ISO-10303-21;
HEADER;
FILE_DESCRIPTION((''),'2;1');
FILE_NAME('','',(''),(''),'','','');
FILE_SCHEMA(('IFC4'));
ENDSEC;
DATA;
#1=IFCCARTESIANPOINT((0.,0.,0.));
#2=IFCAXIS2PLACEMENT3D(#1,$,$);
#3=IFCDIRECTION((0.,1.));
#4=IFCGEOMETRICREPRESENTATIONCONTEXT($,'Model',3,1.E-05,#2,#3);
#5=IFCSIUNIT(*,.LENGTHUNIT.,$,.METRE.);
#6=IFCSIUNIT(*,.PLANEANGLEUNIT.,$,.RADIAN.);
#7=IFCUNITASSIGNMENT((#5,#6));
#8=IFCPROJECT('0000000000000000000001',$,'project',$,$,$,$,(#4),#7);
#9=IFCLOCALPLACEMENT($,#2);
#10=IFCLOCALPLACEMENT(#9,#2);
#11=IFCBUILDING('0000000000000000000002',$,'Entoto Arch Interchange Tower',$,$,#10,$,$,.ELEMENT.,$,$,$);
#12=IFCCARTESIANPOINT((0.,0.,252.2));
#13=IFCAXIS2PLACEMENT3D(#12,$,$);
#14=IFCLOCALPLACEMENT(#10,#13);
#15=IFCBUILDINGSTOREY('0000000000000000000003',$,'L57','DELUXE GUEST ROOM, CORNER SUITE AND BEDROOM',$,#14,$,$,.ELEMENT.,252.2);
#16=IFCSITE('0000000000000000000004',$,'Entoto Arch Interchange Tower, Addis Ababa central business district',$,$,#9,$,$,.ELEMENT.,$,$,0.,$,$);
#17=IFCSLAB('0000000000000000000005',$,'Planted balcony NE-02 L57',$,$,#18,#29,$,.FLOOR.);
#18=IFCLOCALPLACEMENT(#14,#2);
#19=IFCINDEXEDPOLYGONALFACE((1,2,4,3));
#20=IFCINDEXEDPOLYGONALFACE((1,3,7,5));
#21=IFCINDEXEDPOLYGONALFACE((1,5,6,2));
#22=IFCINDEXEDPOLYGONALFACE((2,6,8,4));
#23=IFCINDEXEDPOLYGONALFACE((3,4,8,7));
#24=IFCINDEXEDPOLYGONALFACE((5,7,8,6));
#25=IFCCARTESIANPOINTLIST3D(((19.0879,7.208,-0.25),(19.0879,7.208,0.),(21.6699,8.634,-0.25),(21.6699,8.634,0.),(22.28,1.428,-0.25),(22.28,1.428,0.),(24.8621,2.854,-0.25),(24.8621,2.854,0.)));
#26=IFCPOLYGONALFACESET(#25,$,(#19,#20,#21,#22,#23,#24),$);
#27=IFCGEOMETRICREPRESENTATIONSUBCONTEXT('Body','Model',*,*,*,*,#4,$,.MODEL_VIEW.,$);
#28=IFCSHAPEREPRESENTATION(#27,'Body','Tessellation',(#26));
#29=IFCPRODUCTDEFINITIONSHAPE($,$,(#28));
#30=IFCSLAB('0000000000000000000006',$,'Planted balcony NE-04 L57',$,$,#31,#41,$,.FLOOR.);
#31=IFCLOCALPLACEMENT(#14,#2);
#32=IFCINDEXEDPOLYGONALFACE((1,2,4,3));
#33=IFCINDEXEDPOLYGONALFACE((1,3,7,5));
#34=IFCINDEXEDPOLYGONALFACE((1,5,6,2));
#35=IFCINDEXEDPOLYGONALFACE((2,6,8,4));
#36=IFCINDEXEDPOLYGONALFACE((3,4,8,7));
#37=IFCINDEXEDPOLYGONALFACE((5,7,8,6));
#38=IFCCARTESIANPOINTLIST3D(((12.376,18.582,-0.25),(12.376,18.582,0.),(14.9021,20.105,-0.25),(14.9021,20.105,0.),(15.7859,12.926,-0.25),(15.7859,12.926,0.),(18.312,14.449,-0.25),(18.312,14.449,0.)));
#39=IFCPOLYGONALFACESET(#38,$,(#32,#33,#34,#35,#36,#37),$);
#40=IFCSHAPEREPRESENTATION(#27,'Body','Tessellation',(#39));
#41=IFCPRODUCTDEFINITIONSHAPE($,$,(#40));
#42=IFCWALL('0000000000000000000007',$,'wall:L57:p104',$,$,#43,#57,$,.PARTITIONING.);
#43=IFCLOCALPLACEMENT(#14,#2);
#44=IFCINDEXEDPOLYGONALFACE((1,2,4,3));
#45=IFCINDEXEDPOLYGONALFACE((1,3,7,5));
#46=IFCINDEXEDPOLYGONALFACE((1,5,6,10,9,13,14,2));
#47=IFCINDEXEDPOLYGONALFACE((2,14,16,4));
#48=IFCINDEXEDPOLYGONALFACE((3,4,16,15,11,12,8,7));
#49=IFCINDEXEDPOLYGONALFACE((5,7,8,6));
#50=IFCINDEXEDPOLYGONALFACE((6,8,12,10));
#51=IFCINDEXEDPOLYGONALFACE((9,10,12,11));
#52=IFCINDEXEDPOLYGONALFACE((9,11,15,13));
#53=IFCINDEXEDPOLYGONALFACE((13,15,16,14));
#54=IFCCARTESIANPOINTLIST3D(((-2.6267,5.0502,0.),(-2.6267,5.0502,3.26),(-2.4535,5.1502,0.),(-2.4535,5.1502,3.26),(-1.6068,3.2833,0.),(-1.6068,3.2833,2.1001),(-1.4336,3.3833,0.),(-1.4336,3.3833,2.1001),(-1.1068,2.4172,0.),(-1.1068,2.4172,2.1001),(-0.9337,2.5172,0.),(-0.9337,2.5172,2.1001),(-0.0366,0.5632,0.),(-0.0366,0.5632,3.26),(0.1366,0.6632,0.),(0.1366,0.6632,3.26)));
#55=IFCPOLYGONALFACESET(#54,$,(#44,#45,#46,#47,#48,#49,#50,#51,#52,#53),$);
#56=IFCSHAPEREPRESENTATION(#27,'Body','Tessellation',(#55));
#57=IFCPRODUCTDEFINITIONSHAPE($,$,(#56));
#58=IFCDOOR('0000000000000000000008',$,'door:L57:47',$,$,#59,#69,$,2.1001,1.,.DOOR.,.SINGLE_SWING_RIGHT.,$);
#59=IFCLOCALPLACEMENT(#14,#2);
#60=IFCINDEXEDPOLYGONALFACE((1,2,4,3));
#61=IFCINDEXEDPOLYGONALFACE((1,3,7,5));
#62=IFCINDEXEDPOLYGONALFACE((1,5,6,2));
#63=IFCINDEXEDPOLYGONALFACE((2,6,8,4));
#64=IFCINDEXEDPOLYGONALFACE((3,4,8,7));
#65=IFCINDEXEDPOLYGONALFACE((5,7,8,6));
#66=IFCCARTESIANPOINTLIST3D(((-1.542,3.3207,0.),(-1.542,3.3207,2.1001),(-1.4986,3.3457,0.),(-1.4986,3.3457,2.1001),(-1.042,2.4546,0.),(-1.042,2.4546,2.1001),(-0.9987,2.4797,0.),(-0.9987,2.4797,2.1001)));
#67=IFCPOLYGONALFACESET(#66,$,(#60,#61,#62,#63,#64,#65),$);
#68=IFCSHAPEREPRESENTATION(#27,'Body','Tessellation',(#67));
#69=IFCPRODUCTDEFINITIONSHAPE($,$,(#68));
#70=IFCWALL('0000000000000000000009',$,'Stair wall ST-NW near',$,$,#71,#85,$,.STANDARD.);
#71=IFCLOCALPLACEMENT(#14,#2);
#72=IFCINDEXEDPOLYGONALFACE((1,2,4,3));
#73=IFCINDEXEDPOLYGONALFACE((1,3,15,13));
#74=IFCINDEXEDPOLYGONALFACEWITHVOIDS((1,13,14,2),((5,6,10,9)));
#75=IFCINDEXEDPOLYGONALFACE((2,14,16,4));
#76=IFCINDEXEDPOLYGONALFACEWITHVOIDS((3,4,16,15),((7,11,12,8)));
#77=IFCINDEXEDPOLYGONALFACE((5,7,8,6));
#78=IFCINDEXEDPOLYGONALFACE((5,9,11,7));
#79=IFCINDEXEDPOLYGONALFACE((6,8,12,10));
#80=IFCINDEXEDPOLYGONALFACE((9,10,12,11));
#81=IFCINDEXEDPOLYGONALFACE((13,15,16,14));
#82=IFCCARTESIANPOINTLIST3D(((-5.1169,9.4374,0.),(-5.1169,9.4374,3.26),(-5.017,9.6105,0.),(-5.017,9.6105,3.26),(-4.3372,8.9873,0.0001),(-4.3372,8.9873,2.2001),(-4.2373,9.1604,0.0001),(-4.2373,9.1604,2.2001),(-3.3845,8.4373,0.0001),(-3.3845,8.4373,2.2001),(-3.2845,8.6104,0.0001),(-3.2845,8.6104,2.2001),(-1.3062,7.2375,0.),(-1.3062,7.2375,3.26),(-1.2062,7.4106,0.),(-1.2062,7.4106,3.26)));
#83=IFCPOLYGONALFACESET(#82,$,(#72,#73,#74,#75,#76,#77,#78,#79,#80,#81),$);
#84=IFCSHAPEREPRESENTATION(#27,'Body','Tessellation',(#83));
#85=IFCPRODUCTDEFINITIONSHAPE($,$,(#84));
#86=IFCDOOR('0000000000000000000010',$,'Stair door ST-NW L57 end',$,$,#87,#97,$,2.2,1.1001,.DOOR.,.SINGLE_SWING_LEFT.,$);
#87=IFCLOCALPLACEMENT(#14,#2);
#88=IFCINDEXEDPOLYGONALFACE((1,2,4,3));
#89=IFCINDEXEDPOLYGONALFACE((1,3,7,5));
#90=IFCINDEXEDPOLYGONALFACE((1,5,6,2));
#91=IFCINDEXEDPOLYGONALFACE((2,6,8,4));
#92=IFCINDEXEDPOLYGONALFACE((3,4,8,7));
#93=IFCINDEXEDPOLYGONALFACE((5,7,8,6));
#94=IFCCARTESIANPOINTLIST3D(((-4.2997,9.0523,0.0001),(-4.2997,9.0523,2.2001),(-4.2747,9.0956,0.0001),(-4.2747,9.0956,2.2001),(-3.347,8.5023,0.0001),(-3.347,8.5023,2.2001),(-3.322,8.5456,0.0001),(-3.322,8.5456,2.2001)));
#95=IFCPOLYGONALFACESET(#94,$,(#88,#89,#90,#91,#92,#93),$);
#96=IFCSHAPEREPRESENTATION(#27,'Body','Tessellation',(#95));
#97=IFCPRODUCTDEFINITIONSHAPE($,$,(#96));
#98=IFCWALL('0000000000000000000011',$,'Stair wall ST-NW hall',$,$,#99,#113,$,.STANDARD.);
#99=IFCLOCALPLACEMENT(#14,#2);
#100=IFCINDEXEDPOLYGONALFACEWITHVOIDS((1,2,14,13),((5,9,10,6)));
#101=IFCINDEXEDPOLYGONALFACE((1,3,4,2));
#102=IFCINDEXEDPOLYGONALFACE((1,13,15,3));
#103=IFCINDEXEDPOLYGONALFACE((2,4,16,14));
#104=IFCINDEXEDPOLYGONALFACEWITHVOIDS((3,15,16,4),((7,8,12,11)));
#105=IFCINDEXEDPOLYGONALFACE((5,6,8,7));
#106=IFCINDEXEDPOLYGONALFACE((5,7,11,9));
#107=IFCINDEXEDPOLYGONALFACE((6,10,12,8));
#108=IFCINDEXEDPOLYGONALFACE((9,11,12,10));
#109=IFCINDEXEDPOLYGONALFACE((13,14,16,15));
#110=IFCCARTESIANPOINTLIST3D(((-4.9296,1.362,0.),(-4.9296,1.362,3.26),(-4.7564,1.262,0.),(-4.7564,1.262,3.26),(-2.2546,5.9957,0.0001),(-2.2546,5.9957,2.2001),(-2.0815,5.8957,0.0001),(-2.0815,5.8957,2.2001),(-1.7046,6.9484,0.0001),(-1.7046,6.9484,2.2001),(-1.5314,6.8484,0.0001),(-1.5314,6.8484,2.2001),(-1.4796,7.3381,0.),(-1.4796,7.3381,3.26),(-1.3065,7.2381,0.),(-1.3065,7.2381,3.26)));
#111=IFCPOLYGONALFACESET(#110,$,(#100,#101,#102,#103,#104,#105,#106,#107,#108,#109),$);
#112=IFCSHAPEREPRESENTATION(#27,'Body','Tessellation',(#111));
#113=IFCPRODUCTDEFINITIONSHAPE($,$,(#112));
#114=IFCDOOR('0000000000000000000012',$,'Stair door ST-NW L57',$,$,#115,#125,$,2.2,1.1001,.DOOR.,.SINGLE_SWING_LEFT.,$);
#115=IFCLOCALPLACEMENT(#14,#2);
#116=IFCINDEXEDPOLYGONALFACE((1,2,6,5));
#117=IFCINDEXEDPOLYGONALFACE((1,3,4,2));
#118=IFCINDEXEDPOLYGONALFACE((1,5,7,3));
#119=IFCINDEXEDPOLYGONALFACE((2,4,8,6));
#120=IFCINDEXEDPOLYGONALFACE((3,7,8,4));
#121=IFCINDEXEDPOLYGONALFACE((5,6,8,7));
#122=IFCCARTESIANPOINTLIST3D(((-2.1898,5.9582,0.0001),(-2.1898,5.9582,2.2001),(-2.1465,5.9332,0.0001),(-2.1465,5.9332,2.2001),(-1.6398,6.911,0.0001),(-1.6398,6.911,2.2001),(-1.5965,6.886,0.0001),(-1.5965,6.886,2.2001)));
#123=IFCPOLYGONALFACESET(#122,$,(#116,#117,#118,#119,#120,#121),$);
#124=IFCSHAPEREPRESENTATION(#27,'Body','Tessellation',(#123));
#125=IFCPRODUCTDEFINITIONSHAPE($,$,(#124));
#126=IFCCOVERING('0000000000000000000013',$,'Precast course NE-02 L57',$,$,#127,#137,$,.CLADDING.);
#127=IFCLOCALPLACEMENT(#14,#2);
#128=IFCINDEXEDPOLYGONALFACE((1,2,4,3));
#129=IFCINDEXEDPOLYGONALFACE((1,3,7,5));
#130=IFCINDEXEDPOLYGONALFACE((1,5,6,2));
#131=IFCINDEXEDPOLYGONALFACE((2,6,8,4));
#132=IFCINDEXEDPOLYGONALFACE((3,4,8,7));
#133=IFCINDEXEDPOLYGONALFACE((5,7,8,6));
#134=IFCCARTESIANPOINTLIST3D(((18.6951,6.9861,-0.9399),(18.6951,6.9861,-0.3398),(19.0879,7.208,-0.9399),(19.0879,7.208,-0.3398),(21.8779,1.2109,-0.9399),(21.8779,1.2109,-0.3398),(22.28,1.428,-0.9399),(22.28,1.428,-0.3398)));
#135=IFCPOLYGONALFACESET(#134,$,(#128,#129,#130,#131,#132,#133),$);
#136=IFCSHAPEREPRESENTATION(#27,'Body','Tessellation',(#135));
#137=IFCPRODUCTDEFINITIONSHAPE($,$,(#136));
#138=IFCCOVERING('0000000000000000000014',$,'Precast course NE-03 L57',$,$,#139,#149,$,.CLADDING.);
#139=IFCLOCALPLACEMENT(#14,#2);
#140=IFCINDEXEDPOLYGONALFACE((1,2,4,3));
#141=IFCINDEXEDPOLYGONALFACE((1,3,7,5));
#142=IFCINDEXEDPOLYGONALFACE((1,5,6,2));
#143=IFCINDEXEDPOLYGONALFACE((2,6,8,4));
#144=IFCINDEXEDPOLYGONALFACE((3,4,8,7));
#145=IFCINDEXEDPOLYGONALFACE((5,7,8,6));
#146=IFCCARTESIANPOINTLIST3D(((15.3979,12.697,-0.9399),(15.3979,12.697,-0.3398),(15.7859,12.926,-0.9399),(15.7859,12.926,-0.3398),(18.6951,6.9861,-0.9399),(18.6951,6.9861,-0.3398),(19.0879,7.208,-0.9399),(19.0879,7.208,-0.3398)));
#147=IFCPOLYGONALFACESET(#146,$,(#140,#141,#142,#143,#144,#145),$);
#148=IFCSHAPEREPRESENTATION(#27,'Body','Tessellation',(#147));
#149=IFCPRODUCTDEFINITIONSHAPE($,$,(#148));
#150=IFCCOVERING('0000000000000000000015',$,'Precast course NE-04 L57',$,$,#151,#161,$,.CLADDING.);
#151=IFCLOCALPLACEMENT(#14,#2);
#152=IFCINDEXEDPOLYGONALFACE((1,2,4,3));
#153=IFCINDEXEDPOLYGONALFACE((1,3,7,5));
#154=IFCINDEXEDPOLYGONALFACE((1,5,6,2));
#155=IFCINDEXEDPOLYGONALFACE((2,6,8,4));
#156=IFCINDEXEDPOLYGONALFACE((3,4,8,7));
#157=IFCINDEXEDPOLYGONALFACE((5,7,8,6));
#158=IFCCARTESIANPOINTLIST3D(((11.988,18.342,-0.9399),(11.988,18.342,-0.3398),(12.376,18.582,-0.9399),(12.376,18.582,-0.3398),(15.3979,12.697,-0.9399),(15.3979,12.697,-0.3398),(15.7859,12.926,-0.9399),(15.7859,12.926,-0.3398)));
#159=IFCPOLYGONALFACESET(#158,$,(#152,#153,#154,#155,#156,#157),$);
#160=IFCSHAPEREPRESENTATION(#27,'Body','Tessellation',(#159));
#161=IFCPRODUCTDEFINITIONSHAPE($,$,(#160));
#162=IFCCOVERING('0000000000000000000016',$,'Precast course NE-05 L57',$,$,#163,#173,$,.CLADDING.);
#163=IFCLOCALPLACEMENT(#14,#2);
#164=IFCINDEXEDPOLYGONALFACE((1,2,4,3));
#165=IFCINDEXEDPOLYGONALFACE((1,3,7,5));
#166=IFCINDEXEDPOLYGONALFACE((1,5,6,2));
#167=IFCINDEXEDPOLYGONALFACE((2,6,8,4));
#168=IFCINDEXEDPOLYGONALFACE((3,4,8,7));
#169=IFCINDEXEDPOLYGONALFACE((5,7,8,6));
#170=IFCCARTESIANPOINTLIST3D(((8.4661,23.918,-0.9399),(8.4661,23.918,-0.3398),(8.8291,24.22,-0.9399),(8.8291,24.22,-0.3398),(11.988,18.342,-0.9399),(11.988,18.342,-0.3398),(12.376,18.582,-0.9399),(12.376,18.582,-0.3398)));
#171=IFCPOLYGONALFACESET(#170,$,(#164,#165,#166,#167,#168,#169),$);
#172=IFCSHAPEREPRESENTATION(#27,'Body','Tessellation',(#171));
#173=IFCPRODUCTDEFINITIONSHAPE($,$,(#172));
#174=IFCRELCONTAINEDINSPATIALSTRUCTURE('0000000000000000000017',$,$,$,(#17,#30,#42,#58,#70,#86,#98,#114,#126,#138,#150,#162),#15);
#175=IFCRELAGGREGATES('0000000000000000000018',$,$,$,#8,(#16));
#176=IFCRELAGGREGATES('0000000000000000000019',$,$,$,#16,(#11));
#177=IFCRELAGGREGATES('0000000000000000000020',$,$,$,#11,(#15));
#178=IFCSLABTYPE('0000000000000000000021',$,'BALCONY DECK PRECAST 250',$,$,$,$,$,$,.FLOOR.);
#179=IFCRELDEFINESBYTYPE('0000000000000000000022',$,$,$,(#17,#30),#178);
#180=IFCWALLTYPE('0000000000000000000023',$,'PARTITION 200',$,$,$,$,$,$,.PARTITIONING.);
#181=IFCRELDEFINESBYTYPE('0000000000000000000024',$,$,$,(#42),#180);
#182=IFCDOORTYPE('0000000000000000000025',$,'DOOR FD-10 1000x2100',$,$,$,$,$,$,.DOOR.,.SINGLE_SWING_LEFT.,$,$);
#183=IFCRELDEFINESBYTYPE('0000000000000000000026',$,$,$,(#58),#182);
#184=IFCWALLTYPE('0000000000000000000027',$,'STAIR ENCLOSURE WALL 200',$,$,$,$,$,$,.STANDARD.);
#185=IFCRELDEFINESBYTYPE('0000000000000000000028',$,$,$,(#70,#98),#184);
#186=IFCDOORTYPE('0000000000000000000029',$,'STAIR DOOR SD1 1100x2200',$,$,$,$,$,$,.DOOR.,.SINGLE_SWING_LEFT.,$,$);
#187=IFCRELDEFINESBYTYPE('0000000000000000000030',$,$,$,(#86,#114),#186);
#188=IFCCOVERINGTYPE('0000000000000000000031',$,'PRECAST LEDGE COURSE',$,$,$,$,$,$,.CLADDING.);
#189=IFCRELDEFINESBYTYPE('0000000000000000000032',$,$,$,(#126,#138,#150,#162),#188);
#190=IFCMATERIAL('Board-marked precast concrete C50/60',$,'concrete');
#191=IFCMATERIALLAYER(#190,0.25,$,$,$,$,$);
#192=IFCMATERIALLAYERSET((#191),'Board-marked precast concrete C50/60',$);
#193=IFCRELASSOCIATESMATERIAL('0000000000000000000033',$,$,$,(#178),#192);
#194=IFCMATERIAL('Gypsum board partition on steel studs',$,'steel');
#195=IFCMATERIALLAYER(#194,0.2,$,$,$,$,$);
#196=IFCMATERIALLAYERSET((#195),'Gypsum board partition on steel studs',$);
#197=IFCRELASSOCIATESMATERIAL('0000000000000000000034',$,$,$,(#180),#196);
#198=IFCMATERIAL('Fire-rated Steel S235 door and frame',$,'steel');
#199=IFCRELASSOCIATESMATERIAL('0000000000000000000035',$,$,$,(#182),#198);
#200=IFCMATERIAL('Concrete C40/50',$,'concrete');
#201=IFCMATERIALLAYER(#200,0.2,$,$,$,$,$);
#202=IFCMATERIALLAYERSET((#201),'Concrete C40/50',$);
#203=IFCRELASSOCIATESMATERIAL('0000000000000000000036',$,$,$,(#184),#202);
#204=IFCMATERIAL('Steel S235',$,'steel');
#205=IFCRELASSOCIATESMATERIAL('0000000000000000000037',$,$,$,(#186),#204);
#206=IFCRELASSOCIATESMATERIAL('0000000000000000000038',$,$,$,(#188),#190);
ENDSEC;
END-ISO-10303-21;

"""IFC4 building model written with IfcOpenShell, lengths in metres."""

from ifc_helpers import new_model, si_unit, direction, frame, frame_2d, origin, place, context, subcontext, project, spatial, polyline, rectangle, outline, extrude, material, layer, layer_set, type_object, element, fill, save


model = new_model("IFC4")

# Units and contexts
model_context = context("Model", 3, precision=1e-05, world=origin(), true_north=direction((0.0, 1.0)))
body_context = subcontext(model_context, "Body", "Model", "MODEL_VIEW")
ifc_project = project(units=[si_unit("LENGTHUNIT", "METRE"), si_unit("PLANEANGLEUNIT", "RADIAN")], contexts=[model_context])

# Site, building, storey
site_placement = place(None, origin())
site = spatial("IfcSite", under=ifc_project, at=site_placement, Name="Entoto Arch Interchange Tower, Addis Ababa central business district", CompositionType="ELEMENT", RefElevation=0.0)
building_placement = place(site_placement, origin())
building = spatial("IfcBuilding", under=site, at=building_placement, Name="Entoto Arch Interchange Tower", CompositionType="ELEMENT")
storey_placement = place(building_placement, frame((0.0, 0.0, 252.2)))
storey = spatial("IfcBuildingStorey", under=building, at=storey_placement, Name="L57", Description="DELUXE GUEST ROOM, CORNER SUITE AND BEDROOM", CompositionType="ELEMENT", Elevation=252.2)

# Slabs
ifc_material_1 = material(Name="Board-marked precast concrete C50/60", Category="concrete")
ifc_layer_1 = layer(ifc_material_1, 0.25)
ifc_layer_set_1 = layer_set([ifc_layer_1], Name="Board-marked precast concrete C50/60")
slab_type = type_object("IfcSlabType", Name="BALCONY DECK PRECAST 250", PredefinedType="FLOOR", material=ifc_layer_set_1)
slab_1_placement = place(storey_placement, frame((0.0, 0.0, -0.25)))
element("IfcSlab", 1, at=slab_1_placement, inside=storey, type_object=slab_type, Name="Planted balcony NE-02 L57", PredefinedType="FLOOR", context=body_context, shape_type="SweptSolid", body=[
    extrude(outline(polyline([(22.28, 1.428), (19.0879, 7.208), (21.6699, 8.634), (24.8621, 2.854), (22.28, 1.428)])), origin(), (0.0, 0.0, 1.0), 0.25),
])
slab_2_placement = place(storey_placement, frame((0.0, 0.0, -0.25)))
element("IfcSlab", 2, at=slab_2_placement, inside=storey, type_object=slab_type, Name="Planted balcony NE-04 L57", PredefinedType="FLOOR", context=body_context, shape_type="SweptSolid", body=[
    extrude(outline(polyline([(15.7859, 12.926), (12.376, 18.582), (14.9021, 20.105), (18.312, 14.449), (15.7859, 12.926)])), origin(), (0.0, 0.0, 1.0), 0.25),
])

# Walls, openings, doors
ifc_material_2 = material(Name="Gypsum board partition on steel studs", Category="steel")
ifc_layer_2 = layer(ifc_material_2, 0.2)
ifc_layer_set_2 = layer_set([ifc_layer_2], Name="Gypsum board partition on steel studs")
wall_type_1 = type_object("IfcWallType", Name="PARTITION 200", PredefinedType="PARTITIONING", material=ifc_layer_set_2)
wall_1_placement = place(storey_placement, frame((-2.54, 5.1001, 0.0), z_axis=(0.0, 0.0, 1.0), x_axis=(0.499925, -0.866069, 0.0)))
wall_1 = element("IfcWall", 3, at=wall_1_placement, inside=storey, type_object=wall_type_1, Name="wall:L57:p104", PredefinedType="PARTITIONING", context=body_context, shape_type="SweptSolid", body=[
    extrude(rectangle(XDim=5.1809, YDim=0.2, at=frame_2d((2.5903, 0.0))), origin(), (0.0, 0.0, 1.0), 3.26),
])
opening_1_placement = place(wall_1_placement, frame((2.04, 0.0, 0.0)))
opening_1 = element("IfcOpeningElement", 4, at=opening_1_placement, cuts=wall_1, PredefinedType="OPENING", context=body_context, shape_type="SweptSolid", body=[
    extrude(rectangle(XDim=1.0, YDim=2.1001, at=frame_2d((0.5, 1.05))), frame((0.0, 0.1099, 0.0), z_axis=(0.0, -1.0, 0.0), x_axis=(1.0, 0.0, 0.0)), (0.0, 0.0, 1.0), 0.22),
])
ifc_material_3 = material(Name="Fire-rated Steel S235 door and frame", Category="steel")
door_type_1 = type_object("IfcDoorType", Name="DOOR FD-10 1000x2100", OperationType="SINGLE_SWING_LEFT", PredefinedType="DOOR", material=ifc_material_3)
door_1_placement = place(opening_1_placement, origin())
door_1 = element("IfcDoor", 5, at=door_1_placement, inside=storey, type_object=door_type_1, Name="door:L57:47", OperationType="SINGLE_SWING_RIGHT", OverallHeight=2.1001, OverallWidth=1.0, PredefinedType="DOOR", context=body_context, shape_type="SweptSolid", body=[
    extrude(rectangle(XDim=1.0, YDim=2.1001, at=frame_2d((0.5, 1.05))), frame((0.0, 0.0249, 0.0), z_axis=(0.0, -1.0, 0.0), x_axis=(1.0, 0.0, 0.0)), (0.0, 0.0, 1.0), 0.05),
])
fill(opening_1, door_1)
ifc_material_4 = material(Name="Concrete C40/50", Category="concrete")
ifc_layer_3 = layer(ifc_material_4, 0.2)
ifc_layer_set_3 = layer_set([ifc_layer_3], Name="Concrete C40/50")
wall_type_2 = type_object("IfcWallType", Name="STAIR ENCLOSURE WALL 200", PredefinedType="STANDARD", material=ifc_layer_set_3)
wall_2_placement = place(storey_placement, frame((-1.2561, 7.324, 0.0), z_axis=(0.0, 0.0, 1.0), x_axis=(-0.866046, 0.499964, 0.0)))
wall_2 = element("IfcWall", 6, at=wall_2_placement, inside=storey, type_object=wall_type_2, Name="Stair wall ST-NW near", PredefinedType="STANDARD", context=body_context, shape_type="SweptSolid", body=[
    extrude(rectangle(XDim=4.4001, YDim=0.2, at=frame_2d((2.2002, 0.0))), origin(), (0.0, 0.0, 1.0), 3.26),
])
opening_2_placement = place(wall_2_placement, frame((2.3999, 0.0, 0.0)))
opening_2 = element("IfcOpeningElement", 7, at=opening_2_placement, cuts=wall_2, PredefinedType="OPENING", context=body_context, shape_type="SweptSolid", body=[
    extrude(rectangle(XDim=1.1001, YDim=2.2, at=frame_2d((0.55, 1.1001))), frame((0.0, 0.1099, 0.0), z_axis=(0.0, -1.0, 0.0), x_axis=(1.0, 0.0, 0.0)), (0.0, 0.0, 1.0), 0.22),
])
ifc_material_5 = material(Name="Steel S235", Category="steel")
door_type_2 = type_object("IfcDoorType", Name="STAIR DOOR SD1 1100x2200", OperationType="SINGLE_SWING_LEFT", PredefinedType="DOOR", material=ifc_material_5)
door_2_placement = place(opening_2_placement, origin())
door_2 = element("IfcDoor", 8, at=door_2_placement, inside=storey, type_object=door_type_2, Name="Stair door ST-NW L57 end", OperationType="SINGLE_SWING_LEFT", OverallHeight=2.2, OverallWidth=1.1001, PredefinedType="DOOR", context=body_context, shape_type="SweptSolid", body=[
    extrude(rectangle(XDim=1.1001, YDim=2.2, at=frame_2d((0.55, 1.1001))), frame((0.0, 0.0249, 0.0), z_axis=(0.0, -1.0, 0.0), x_axis=(1.0, 0.0, 0.0)), (0.0, 0.0, 1.0), 0.05),
])
fill(opening_2, door_2)
wall_3_placement = place(storey_placement, frame((-1.3931, 7.2881, 0.0), z_axis=(0.0, 0.0, 1.0), x_axis=(-0.499963, -0.866047, 0.0)))
wall_3 = element("IfcWall", 9, at=wall_3_placement, inside=storey, type_object=wall_type_2, Name="Stair wall ST-NW hall", PredefinedType="STANDARD", context=body_context, shape_type="SweptSolid", body=[
    extrude(rectangle(XDim=6.9004, YDim=0.2, at=frame_2d((3.4502, 0.0))), origin(), (0.0, 0.0, 1.0), 3.26),
])
opening_3_placement = place(wall_3_placement, frame((0.45, 0.0, 0.0)))
opening_3 = element("IfcOpeningElement", 10, at=opening_3_placement, cuts=wall_3, PredefinedType="OPENING", context=body_context, shape_type="SweptSolid", body=[
    extrude(rectangle(XDim=1.1001, YDim=2.2, at=frame_2d((0.55, 1.1001))), frame((0.0, 0.1099, 0.0), z_axis=(0.0, -1.0, 0.0), x_axis=(1.0, 0.0, 0.0)), (0.0, 0.0, 1.0), 0.22),
])
door_3_placement = place(opening_3_placement, origin())
door_3 = element("IfcDoor", 11, at=door_3_placement, inside=storey, type_object=door_type_2, Name="Stair door ST-NW L57", OperationType="SINGLE_SWING_LEFT", OverallHeight=2.2, OverallWidth=1.1001, PredefinedType="DOOR", context=body_context, shape_type="SweptSolid", body=[
    extrude(rectangle(XDim=1.1001, YDim=2.2, at=frame_2d((0.55, 1.1001))), frame((0.0, 0.0249, 0.0), z_axis=(0.0, -1.0, 0.0), x_axis=(1.0, 0.0, 0.0)), (0.0, 0.0, 1.0), 0.05),
])
fill(opening_3, door_3)

# Coverings
covering_type = type_object("IfcCoveringType", Name="PRECAST LEDGE COURSE", PredefinedType="CLADDING", material=ifc_material_1)
covering_1_placement = place(storey_placement, frame((0.0, 0.0, -0.9399)))
element("IfcCovering", 12, at=covering_1_placement, inside=storey, type_object=covering_type, Name="Precast course NE-02 L57", PredefinedType="CLADDING", context=body_context, shape_type="SweptSolid", body=[
    extrude(outline(polyline([(18.6951, 6.9861), (19.0879, 7.208), (22.28, 1.428), (21.8779, 1.2109), (18.6951, 6.9861)])), origin(), (0.0, 0.0, 1.0), 0.6001),
])
covering_2_placement = place(storey_placement, frame((0.0, 0.0, -0.9399)))
element("IfcCovering", 13, at=covering_2_placement, inside=storey, type_object=covering_type, Name="Precast course NE-03 L57", PredefinedType="CLADDING", context=body_context, shape_type="SweptSolid", body=[
    extrude(outline(polyline([(15.3979, 12.697), (15.7859, 12.926), (19.0879, 7.208), (18.6951, 6.9861), (15.3979, 12.697)])), origin(), (0.0, 0.0, 1.0), 0.6001),
])
covering_3_placement = place(storey_placement, frame((0.0, 0.0, -0.9399)))
element("IfcCovering", 14, at=covering_3_placement, inside=storey, type_object=covering_type, Name="Precast course NE-04 L57", PredefinedType="CLADDING", context=body_context, shape_type="SweptSolid", body=[
    extrude(outline(polyline([(11.988, 18.342), (12.376, 18.582), (15.7859, 12.926), (15.3979, 12.697), (11.988, 18.342)])), origin(), (0.0, 0.0, 1.0), 0.6001),
])
covering_4_placement = place(storey_placement, frame((0.0, 0.0, -0.9399)))
element("IfcCovering", 15, at=covering_4_placement, inside=storey, type_object=covering_type, Name="Precast course NE-05 L57", PredefinedType="CLADDING", context=body_context, shape_type="SweptSolid", body=[
    extrude(outline(polyline([(8.4661, 23.918), (8.8291, 24.22), (12.376, 18.582), (11.988, 18.342), (8.4661, 23.918)])), origin(), (0.0, 0.0, 1.0), 0.6001),
])

save(model, "model.ifc")
